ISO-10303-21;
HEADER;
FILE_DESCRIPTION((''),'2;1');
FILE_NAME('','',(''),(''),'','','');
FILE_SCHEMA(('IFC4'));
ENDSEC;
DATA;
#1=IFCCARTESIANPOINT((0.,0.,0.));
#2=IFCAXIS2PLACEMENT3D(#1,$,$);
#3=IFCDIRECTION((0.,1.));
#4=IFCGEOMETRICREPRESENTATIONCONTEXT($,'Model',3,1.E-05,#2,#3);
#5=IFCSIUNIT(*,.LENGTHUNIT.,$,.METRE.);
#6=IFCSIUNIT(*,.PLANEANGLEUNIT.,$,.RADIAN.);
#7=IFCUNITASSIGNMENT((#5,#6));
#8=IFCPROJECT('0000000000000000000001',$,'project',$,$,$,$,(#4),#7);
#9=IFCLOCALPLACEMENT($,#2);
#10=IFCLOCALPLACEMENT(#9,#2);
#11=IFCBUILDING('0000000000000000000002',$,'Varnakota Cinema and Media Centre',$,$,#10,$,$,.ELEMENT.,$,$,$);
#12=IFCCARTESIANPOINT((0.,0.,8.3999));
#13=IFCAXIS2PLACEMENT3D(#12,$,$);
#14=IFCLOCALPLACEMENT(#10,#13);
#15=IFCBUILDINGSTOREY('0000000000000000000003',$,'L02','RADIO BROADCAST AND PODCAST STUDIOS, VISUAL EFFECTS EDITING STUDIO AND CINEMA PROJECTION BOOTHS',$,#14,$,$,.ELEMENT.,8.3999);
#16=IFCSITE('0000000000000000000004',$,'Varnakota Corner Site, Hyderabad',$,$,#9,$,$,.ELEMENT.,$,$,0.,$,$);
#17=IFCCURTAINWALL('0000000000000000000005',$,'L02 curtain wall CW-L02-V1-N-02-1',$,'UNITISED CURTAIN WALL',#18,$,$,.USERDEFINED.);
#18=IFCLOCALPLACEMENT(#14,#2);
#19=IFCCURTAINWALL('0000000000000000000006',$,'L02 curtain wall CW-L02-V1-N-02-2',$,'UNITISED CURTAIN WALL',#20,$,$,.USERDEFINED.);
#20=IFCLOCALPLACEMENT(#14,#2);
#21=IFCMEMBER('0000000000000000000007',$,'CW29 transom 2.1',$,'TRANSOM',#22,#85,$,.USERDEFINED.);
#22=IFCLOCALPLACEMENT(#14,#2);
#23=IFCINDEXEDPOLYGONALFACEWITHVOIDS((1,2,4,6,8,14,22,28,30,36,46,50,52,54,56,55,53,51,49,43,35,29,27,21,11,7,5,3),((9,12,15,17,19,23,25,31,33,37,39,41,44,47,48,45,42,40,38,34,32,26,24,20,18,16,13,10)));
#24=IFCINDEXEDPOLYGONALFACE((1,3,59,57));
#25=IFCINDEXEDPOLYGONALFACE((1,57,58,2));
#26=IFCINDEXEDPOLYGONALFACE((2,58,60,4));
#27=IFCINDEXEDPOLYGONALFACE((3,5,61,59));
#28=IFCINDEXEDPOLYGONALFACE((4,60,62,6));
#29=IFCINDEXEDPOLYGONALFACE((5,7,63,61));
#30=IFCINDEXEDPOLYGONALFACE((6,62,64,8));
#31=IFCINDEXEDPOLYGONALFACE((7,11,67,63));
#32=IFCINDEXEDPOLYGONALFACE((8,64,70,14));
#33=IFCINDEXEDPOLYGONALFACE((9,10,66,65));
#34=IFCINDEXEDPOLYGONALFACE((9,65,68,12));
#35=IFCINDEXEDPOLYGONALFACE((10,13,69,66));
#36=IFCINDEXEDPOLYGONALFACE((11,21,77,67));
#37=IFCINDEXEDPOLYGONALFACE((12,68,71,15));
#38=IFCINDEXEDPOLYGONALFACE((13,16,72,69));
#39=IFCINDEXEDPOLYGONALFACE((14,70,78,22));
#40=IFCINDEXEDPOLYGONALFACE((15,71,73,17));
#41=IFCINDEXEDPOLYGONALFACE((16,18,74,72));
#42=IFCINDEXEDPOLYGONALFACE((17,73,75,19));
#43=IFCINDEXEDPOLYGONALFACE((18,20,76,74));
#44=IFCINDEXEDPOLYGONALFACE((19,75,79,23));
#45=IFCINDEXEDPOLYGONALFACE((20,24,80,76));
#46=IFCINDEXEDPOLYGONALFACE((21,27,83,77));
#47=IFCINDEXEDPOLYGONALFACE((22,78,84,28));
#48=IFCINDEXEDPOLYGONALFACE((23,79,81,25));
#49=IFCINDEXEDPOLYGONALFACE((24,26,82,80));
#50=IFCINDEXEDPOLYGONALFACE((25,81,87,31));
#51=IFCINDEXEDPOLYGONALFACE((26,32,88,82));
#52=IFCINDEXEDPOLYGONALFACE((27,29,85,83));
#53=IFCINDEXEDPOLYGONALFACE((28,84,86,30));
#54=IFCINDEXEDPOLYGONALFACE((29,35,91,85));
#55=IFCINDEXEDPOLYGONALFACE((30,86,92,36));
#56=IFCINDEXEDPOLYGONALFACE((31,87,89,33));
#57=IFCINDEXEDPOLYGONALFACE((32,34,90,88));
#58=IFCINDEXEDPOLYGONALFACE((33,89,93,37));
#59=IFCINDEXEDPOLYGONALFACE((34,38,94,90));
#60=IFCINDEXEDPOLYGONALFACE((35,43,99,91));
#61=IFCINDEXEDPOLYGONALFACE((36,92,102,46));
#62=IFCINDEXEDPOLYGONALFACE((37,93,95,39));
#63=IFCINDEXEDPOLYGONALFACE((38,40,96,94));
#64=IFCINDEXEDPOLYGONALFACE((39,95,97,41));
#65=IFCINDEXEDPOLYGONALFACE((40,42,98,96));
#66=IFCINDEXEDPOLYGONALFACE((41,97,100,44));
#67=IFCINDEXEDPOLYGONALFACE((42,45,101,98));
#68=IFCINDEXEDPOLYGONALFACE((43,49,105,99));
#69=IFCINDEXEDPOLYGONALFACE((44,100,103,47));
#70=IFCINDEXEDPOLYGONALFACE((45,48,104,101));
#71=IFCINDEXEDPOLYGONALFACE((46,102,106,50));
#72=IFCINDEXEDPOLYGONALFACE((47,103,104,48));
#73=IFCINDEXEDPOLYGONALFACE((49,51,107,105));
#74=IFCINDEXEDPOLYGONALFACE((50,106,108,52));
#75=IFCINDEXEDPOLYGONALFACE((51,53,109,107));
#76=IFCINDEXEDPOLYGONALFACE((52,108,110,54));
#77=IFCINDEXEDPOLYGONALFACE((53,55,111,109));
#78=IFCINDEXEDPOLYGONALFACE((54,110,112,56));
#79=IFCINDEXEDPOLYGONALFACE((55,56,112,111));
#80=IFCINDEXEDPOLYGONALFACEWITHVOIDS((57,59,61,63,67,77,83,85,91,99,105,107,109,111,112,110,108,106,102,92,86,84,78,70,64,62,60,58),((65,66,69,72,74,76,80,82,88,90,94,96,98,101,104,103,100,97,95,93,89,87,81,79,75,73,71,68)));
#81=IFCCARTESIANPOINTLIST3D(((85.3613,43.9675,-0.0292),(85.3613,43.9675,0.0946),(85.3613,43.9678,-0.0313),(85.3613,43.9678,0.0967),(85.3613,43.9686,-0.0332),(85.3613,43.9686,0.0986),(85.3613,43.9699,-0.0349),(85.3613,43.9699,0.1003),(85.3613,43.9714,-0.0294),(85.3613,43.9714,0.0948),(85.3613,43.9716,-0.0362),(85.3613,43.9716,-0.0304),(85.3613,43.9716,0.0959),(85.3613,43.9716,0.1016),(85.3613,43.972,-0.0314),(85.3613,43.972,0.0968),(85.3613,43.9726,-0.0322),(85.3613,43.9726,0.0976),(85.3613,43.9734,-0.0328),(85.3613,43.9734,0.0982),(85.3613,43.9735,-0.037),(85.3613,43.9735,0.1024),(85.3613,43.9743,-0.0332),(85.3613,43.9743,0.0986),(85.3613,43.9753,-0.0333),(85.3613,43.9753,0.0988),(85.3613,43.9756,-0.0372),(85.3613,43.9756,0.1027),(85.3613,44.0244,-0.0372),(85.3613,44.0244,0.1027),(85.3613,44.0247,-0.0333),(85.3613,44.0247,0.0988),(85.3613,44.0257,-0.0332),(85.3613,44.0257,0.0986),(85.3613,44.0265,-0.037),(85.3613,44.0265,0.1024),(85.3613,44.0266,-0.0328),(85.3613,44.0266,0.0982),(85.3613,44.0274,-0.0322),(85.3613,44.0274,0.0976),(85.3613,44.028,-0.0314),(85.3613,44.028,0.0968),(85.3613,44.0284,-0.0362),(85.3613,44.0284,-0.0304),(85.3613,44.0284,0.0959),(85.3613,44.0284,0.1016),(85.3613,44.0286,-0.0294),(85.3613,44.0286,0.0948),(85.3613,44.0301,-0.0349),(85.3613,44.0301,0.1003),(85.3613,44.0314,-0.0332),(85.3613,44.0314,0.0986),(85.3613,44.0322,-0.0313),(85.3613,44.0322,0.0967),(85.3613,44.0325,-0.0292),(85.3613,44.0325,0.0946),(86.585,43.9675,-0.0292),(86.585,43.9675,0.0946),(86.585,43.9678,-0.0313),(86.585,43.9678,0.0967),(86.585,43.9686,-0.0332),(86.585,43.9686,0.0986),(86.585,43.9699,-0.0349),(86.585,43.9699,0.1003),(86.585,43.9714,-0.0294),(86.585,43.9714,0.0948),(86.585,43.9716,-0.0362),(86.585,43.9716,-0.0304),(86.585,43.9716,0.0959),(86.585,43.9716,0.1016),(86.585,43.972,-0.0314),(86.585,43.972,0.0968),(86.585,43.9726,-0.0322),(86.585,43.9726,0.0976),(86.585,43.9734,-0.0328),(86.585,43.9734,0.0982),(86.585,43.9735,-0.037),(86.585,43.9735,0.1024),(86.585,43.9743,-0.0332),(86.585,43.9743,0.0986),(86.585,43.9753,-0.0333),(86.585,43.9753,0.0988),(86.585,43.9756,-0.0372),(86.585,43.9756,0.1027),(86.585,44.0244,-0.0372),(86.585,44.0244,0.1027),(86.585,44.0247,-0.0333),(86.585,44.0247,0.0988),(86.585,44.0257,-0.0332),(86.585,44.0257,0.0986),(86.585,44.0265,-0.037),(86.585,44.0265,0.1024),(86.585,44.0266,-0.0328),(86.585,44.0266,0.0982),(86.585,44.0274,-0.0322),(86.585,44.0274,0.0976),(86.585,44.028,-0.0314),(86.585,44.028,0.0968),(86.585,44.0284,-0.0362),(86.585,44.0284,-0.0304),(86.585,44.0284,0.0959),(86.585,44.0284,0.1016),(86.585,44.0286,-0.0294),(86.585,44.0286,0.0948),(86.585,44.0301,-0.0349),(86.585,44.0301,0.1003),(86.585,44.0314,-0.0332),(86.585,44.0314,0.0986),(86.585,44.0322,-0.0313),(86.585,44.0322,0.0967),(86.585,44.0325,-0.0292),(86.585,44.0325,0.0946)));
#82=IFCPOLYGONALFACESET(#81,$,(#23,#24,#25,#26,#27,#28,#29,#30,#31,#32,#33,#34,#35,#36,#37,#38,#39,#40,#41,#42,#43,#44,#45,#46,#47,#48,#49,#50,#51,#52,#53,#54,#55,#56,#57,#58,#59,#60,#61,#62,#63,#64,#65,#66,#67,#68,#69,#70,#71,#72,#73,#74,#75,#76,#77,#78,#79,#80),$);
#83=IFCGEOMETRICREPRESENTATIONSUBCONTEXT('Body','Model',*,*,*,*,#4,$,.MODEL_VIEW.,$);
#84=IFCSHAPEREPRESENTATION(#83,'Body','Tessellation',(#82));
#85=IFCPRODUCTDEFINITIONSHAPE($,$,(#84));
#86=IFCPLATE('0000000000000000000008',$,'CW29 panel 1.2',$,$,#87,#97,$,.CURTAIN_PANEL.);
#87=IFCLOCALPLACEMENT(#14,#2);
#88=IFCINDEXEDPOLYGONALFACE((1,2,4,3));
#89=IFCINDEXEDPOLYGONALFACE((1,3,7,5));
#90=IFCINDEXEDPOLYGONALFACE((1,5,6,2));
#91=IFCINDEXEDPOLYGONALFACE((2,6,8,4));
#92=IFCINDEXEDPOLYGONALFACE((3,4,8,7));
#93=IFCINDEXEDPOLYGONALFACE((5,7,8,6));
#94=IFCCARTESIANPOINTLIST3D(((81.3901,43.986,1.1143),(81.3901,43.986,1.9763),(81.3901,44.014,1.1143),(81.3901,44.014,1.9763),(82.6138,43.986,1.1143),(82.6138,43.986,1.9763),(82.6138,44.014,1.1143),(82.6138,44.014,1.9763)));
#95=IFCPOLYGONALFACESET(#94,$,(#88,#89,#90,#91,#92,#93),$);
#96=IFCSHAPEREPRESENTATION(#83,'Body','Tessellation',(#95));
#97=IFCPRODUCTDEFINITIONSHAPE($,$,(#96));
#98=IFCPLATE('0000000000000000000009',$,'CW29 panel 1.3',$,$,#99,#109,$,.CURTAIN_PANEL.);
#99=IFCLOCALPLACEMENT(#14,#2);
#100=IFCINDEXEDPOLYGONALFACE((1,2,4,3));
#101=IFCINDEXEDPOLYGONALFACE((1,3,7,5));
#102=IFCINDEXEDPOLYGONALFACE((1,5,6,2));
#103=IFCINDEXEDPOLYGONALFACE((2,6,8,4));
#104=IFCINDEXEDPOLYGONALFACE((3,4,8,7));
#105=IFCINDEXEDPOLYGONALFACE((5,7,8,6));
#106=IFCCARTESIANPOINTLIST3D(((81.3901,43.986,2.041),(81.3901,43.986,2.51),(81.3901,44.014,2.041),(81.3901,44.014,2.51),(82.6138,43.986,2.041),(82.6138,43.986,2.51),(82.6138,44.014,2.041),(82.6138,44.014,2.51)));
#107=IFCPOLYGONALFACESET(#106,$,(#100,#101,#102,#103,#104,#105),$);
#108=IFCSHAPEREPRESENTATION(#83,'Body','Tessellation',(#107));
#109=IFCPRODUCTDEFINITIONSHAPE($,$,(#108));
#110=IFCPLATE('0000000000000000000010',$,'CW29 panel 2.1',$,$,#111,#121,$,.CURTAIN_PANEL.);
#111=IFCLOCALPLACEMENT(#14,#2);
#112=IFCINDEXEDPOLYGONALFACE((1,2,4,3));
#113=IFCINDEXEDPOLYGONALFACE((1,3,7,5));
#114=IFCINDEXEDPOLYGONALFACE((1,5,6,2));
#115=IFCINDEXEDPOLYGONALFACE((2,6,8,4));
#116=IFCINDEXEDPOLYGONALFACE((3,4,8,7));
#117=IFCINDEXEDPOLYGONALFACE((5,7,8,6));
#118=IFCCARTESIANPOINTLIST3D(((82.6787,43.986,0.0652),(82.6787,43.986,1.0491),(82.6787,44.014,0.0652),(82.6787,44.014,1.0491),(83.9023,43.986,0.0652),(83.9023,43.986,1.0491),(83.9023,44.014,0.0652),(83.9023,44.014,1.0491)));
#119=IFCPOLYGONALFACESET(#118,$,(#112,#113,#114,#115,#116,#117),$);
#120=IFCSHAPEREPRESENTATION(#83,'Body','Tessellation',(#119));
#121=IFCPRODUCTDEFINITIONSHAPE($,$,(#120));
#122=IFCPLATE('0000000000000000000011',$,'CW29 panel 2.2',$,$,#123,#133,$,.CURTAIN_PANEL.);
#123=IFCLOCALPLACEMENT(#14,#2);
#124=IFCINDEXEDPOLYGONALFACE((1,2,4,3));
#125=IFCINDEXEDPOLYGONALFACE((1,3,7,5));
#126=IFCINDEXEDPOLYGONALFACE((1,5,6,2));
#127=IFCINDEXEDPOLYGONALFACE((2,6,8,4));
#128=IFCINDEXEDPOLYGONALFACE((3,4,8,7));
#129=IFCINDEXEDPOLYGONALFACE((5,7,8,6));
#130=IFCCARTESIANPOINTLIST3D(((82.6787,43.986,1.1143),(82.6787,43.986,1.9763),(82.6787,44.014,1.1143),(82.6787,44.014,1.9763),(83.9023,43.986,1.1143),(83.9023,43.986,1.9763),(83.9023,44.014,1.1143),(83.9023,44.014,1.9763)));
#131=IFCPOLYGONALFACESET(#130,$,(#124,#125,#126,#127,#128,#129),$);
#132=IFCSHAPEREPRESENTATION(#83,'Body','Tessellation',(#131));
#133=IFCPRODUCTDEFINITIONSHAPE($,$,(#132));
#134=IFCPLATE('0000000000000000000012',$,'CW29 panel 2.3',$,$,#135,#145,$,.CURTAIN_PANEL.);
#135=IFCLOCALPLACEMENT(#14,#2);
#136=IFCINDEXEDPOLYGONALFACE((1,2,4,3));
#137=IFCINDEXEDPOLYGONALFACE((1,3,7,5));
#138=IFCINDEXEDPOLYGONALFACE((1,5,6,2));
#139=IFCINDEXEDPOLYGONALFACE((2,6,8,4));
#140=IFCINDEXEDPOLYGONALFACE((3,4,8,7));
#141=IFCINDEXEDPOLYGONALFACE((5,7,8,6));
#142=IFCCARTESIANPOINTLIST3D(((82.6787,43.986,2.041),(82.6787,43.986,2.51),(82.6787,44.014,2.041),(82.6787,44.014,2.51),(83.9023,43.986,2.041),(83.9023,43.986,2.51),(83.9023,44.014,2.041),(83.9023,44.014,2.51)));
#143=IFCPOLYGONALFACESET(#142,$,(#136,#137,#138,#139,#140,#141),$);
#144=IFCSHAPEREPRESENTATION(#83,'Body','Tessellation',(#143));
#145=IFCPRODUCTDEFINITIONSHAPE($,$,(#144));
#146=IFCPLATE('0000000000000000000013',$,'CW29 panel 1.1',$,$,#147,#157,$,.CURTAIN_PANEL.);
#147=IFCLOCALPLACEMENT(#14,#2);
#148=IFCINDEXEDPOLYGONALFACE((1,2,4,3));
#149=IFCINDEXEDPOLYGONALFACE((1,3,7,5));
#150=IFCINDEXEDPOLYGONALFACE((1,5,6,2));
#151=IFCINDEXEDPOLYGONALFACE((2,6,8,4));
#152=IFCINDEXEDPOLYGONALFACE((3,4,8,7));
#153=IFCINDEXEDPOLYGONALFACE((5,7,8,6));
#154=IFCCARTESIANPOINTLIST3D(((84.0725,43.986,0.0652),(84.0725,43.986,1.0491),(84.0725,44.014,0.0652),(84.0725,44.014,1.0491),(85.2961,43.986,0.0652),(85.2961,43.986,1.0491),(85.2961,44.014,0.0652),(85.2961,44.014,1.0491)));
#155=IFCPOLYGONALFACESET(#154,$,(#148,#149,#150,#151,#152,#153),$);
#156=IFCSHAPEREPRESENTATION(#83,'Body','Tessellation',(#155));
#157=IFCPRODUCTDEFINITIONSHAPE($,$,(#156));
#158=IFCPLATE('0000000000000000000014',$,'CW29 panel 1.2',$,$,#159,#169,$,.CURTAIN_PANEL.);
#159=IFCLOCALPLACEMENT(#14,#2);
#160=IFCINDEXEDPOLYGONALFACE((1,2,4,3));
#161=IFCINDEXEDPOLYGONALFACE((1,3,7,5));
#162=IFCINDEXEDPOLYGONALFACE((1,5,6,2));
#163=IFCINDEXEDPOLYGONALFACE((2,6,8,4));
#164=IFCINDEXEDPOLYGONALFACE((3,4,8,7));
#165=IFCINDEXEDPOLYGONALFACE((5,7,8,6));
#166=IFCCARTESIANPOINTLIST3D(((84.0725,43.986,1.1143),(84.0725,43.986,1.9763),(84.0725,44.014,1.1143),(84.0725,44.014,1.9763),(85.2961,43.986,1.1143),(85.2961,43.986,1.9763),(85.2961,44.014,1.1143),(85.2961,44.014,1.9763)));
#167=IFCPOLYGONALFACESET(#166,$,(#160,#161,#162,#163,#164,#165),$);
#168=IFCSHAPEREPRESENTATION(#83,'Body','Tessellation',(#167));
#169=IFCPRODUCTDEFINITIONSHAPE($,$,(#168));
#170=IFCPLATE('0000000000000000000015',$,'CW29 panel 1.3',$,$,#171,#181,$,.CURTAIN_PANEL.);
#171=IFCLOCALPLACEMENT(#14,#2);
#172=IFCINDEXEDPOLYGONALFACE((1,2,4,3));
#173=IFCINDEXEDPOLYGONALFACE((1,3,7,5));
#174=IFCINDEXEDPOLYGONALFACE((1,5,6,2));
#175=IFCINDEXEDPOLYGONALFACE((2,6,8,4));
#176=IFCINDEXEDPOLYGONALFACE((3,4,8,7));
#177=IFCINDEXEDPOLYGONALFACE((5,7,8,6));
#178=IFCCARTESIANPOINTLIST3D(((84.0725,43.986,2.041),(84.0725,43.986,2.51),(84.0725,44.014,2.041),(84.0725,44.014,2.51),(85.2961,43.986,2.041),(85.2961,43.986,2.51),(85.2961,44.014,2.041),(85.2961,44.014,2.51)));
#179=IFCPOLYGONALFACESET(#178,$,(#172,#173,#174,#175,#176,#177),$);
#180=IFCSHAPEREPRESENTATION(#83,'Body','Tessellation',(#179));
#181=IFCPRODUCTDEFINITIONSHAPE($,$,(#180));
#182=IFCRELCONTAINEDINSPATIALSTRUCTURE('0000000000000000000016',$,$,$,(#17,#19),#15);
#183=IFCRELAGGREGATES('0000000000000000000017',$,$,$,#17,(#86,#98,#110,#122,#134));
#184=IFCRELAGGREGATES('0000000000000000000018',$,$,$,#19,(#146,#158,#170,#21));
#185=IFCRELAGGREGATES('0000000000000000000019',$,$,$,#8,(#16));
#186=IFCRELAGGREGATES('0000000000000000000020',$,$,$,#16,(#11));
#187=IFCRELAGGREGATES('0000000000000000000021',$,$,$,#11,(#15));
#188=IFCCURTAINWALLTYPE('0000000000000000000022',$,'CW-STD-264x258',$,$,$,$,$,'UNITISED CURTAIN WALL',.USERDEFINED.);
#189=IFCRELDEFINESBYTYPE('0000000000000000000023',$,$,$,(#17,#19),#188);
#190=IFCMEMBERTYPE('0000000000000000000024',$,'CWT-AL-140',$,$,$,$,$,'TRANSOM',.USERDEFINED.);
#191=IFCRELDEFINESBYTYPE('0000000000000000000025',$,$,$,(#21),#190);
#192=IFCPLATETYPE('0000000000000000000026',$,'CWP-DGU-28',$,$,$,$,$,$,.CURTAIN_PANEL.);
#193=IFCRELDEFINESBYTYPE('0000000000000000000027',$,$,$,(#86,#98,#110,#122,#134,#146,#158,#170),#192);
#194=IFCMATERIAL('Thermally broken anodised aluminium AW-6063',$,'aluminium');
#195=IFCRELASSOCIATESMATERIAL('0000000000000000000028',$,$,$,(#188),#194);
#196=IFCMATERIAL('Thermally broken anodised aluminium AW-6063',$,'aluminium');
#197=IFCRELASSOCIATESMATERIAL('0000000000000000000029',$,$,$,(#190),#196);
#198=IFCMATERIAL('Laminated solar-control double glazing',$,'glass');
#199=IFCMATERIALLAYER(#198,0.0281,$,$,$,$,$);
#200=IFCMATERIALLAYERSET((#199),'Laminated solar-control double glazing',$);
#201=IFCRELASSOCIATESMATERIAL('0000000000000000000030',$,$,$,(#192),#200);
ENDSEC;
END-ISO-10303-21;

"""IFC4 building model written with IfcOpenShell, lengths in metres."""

from ifc_helpers import new_model, si_unit, direction, frame, origin, origin_2d, place, context, subcontext, project, spatial, rectangle, hollow_rectangle, extrude, material, layer, layer_set, material_profile, profile_set, type_object, element, aggregate, save


model = new_model("IFC4")

# Units and contexts
model_context = context("Model", 3, precision=1e-05, world=origin(), true_north=direction((0.0, 1.0)))
body_context = subcontext(model_context, "Body", "Model", "MODEL_VIEW")
ifc_project = project(units=[si_unit("LENGTHUNIT", "METRE"), si_unit("PLANEANGLEUNIT", "RADIAN")], contexts=[model_context])

# Site, building, storey
site_placement = place(None, origin())
site = spatial("IfcSite", under=ifc_project, at=site_placement, Name="Varnakota Corner Site, Hyderabad", CompositionType="ELEMENT", RefElevation=0.0)
building_placement = place(site_placement, origin())
building = spatial("IfcBuilding", under=site, at=building_placement, Name="Varnakota Cinema and Media Centre", CompositionType="ELEMENT")
storey_placement = place(building_placement, frame((0.0, 0.0, 8.3999)))
storey = spatial("IfcBuildingStorey", under=building, at=storey_placement, Name="L02", Description="RADIO BROADCAST AND PODCAST STUDIOS, VISUAL EFFECTS EDITING STUDIO AND CINEMA PROJECTION BOOTHS", CompositionType="ELEMENT", Elevation=8.3999)

# Curtain walls
ifc_material_1 = material(Name="Thermally broken anodised aluminium AW-6063", Category="aluminium")
curtain_wall_type = type_object("IfcCurtainWallType", Name="CW-STD-264x258", ElementType="UNITISED CURTAIN WALL", PredefinedType="USERDEFINED", material=ifc_material_1)
curtain_wall_1_placement = place(storey_placement, origin())
curtain_wall_1 = element("IfcCurtainWall", 1, at=curtain_wall_1_placement, inside=storey, type_object=curtain_wall_type, Name="L02 curtain wall CW-L02-V1-N-02-1", ObjectType="UNITISED CURTAIN WALL", PredefinedType="USERDEFINED")
curtain_wall_2_placement = place(storey_placement, origin())
curtain_wall_2 = element("IfcCurtainWall", 2, at=curtain_wall_2_placement, inside=storey, type_object=curtain_wall_type, Name="L02 curtain wall CW-L02-V1-N-02-2", ObjectType="UNITISED CURTAIN WALL", PredefinedType="USERDEFINED")

# Member
ifc_material_2 = material(Name="Thermally broken anodised aluminium AW-6063", Category="aluminium")
ifc_material_profile_1 = material_profile(ifc_material_2, hollow_rectangle(XDim=0.0649, YDim=0.1399, WallThickness=0.0039, InnerFilletRadius=0.0039, OuterFilletRadius=0.0081, at=origin_2d()), Name="AL-TRANSOM 140x65x4")
ifc_profile_set_1 = profile_set([ifc_material_profile_1], Name="Thermally broken anodised aluminium AW-6063")
member_type_1 = type_object("IfcMemberType", Name="CWT-AL-140", ElementType="TRANSOM", PredefinedType="USERDEFINED", material=ifc_profile_set_1)
member_1_placement = place(storey_placement, frame((85.3613, 44.0, 0.0327), z_axis=(1.0, 0.0, 0.0), x_axis=(0.0, 1.0, 0.0)))
member_1 = element("IfcMember", 3, at=member_1_placement, type_object=member_type_1, Name="CW29 transom 2.1", ObjectType="TRANSOM", PredefinedType="USERDEFINED", context=body_context, shape_type="SweptSolid", body=[
    extrude(hollow_rectangle(XDim=0.0649, YDim=0.1399, WallThickness=0.0039, InnerFilletRadius=0.0039, OuterFilletRadius=0.0081, at=origin_2d()), origin(), (0.0, 0.0, 1.0), 1.2236),
])

# Plates
ifc_material_3 = material(Name="Laminated solar-control double glazing", Category="glass")
ifc_layer = layer(ifc_material_3, 0.0281)
ifc_layer_set = layer_set([ifc_layer], Name="Laminated solar-control double glazing")
plate_type = type_object("IfcPlateType", Name="CWP-DGU-28", PredefinedType="CURTAIN_PANEL", material=ifc_layer_set)
plate_1_placement = place(storey_placement, frame((82.002, 44.0, 1.1143), z_axis=(0.0, 0.0, 1.0), x_axis=(1.0, 0.0, 0.0)))
plate_1 = element("IfcPlate", 4, at=plate_1_placement, type_object=plate_type, Name="CW29 panel 1.2", PredefinedType="CURTAIN_PANEL", context=body_context, shape_type="SweptSolid", body=[
    extrude(rectangle(XDim=1.2236, YDim=0.0281, at=origin_2d()), origin(), (0.0, 0.0, 1.0), 0.8621),
])
plate_2_placement = place(storey_placement, frame((82.002, 44.0, 2.041), z_axis=(0.0, 0.0, 1.0), x_axis=(1.0, 0.0, 0.0)))
plate_2 = element("IfcPlate", 5, at=plate_2_placement, type_object=plate_type, Name="CW29 panel 1.3", PredefinedType="CURTAIN_PANEL", context=body_context, shape_type="SweptSolid", body=[
    extrude(rectangle(XDim=1.2236, YDim=0.0281, at=origin_2d()), origin(), (0.0, 0.0, 1.0), 0.469),
])
plate_3_placement = place(storey_placement, frame((83.2905, 44.0, 0.0652), z_axis=(0.0, 0.0, 1.0), x_axis=(1.0, 0.0, 0.0)))
plate_3 = element("IfcPlate", 6, at=plate_3_placement, type_object=plate_type, Name="CW29 panel 2.1", PredefinedType="CURTAIN_PANEL", context=body_context, shape_type="SweptSolid", body=[
    extrude(rectangle(XDim=1.2236, YDim=0.0281, at=origin_2d()), origin(), (0.0, 0.0, 1.0), 0.9839),
])
plate_4_placement = place(storey_placement, frame((83.2905, 44.0, 1.1143), z_axis=(0.0, 0.0, 1.0), x_axis=(1.0, 0.0, 0.0)))
plate_4 = element("IfcPlate", 7, at=plate_4_placement, type_object=plate_type, Name="CW29 panel 2.2", PredefinedType="CURTAIN_PANEL", context=body_context, shape_type="SweptSolid", body=[
    extrude(rectangle(XDim=1.2236, YDim=0.0281, at=origin_2d()), origin(), (0.0, 0.0, 1.0), 0.8621),
])
plate_5_placement = place(storey_placement, frame((83.2905, 44.0, 2.041), z_axis=(0.0, 0.0, 1.0), x_axis=(1.0, 0.0, 0.0)))
plate_5 = element("IfcPlate", 8, at=plate_5_placement, type_object=plate_type, Name="CW29 panel 2.3", PredefinedType="CURTAIN_PANEL", context=body_context, shape_type="SweptSolid", body=[
    extrude(rectangle(XDim=1.2236, YDim=0.0281, at=origin_2d()), origin(), (0.0, 0.0, 1.0), 0.469),
])
aggregate(curtain_wall_1, [plate_1, plate_2, plate_3, plate_4, plate_5])
plate_6_placement = place(storey_placement, frame((84.6843, 44.0, 0.0652), z_axis=(0.0, 0.0, 1.0), x_axis=(1.0, 0.0, 0.0)))
plate_6 = element("IfcPlate", 9, at=plate_6_placement, type_object=plate_type, Name="CW29 panel 1.1", PredefinedType="CURTAIN_PANEL", context=body_context, shape_type="SweptSolid", body=[
    extrude(rectangle(XDim=1.2236, YDim=0.0281, at=origin_2d()), origin(), (0.0, 0.0, 1.0), 0.9839),
])
plate_7_placement = place(storey_placement, frame((84.6843, 44.0, 1.1143), z_axis=(0.0, 0.0, 1.0), x_axis=(1.0, 0.0, 0.0)))
plate_7 = element("IfcPlate", 10, at=plate_7_placement, type_object=plate_type, Name="CW29 panel 1.2", PredefinedType="CURTAIN_PANEL", context=body_context, shape_type="SweptSolid", body=[
    extrude(rectangle(XDim=1.2236, YDim=0.0281, at=origin_2d()), origin(), (0.0, 0.0, 1.0), 0.8621),
])
plate_8_placement = place(storey_placement, frame((84.6843, 44.0, 2.041), z_axis=(0.0, 0.0, 1.0), x_axis=(1.0, 0.0, 0.0)))
plate_8 = element("IfcPlate", 11, at=plate_8_placement, type_object=plate_type, Name="CW29 panel 1.3", PredefinedType="CURTAIN_PANEL", context=body_context, shape_type="SweptSolid", body=[
    extrude(rectangle(XDim=1.2236, YDim=0.0281, at=origin_2d()), origin(), (0.0, 0.0, 1.0), 0.469),
])
aggregate(curtain_wall_2, [plate_6, plate_7, plate_8, member_1])

save(model, "model.ifc")
